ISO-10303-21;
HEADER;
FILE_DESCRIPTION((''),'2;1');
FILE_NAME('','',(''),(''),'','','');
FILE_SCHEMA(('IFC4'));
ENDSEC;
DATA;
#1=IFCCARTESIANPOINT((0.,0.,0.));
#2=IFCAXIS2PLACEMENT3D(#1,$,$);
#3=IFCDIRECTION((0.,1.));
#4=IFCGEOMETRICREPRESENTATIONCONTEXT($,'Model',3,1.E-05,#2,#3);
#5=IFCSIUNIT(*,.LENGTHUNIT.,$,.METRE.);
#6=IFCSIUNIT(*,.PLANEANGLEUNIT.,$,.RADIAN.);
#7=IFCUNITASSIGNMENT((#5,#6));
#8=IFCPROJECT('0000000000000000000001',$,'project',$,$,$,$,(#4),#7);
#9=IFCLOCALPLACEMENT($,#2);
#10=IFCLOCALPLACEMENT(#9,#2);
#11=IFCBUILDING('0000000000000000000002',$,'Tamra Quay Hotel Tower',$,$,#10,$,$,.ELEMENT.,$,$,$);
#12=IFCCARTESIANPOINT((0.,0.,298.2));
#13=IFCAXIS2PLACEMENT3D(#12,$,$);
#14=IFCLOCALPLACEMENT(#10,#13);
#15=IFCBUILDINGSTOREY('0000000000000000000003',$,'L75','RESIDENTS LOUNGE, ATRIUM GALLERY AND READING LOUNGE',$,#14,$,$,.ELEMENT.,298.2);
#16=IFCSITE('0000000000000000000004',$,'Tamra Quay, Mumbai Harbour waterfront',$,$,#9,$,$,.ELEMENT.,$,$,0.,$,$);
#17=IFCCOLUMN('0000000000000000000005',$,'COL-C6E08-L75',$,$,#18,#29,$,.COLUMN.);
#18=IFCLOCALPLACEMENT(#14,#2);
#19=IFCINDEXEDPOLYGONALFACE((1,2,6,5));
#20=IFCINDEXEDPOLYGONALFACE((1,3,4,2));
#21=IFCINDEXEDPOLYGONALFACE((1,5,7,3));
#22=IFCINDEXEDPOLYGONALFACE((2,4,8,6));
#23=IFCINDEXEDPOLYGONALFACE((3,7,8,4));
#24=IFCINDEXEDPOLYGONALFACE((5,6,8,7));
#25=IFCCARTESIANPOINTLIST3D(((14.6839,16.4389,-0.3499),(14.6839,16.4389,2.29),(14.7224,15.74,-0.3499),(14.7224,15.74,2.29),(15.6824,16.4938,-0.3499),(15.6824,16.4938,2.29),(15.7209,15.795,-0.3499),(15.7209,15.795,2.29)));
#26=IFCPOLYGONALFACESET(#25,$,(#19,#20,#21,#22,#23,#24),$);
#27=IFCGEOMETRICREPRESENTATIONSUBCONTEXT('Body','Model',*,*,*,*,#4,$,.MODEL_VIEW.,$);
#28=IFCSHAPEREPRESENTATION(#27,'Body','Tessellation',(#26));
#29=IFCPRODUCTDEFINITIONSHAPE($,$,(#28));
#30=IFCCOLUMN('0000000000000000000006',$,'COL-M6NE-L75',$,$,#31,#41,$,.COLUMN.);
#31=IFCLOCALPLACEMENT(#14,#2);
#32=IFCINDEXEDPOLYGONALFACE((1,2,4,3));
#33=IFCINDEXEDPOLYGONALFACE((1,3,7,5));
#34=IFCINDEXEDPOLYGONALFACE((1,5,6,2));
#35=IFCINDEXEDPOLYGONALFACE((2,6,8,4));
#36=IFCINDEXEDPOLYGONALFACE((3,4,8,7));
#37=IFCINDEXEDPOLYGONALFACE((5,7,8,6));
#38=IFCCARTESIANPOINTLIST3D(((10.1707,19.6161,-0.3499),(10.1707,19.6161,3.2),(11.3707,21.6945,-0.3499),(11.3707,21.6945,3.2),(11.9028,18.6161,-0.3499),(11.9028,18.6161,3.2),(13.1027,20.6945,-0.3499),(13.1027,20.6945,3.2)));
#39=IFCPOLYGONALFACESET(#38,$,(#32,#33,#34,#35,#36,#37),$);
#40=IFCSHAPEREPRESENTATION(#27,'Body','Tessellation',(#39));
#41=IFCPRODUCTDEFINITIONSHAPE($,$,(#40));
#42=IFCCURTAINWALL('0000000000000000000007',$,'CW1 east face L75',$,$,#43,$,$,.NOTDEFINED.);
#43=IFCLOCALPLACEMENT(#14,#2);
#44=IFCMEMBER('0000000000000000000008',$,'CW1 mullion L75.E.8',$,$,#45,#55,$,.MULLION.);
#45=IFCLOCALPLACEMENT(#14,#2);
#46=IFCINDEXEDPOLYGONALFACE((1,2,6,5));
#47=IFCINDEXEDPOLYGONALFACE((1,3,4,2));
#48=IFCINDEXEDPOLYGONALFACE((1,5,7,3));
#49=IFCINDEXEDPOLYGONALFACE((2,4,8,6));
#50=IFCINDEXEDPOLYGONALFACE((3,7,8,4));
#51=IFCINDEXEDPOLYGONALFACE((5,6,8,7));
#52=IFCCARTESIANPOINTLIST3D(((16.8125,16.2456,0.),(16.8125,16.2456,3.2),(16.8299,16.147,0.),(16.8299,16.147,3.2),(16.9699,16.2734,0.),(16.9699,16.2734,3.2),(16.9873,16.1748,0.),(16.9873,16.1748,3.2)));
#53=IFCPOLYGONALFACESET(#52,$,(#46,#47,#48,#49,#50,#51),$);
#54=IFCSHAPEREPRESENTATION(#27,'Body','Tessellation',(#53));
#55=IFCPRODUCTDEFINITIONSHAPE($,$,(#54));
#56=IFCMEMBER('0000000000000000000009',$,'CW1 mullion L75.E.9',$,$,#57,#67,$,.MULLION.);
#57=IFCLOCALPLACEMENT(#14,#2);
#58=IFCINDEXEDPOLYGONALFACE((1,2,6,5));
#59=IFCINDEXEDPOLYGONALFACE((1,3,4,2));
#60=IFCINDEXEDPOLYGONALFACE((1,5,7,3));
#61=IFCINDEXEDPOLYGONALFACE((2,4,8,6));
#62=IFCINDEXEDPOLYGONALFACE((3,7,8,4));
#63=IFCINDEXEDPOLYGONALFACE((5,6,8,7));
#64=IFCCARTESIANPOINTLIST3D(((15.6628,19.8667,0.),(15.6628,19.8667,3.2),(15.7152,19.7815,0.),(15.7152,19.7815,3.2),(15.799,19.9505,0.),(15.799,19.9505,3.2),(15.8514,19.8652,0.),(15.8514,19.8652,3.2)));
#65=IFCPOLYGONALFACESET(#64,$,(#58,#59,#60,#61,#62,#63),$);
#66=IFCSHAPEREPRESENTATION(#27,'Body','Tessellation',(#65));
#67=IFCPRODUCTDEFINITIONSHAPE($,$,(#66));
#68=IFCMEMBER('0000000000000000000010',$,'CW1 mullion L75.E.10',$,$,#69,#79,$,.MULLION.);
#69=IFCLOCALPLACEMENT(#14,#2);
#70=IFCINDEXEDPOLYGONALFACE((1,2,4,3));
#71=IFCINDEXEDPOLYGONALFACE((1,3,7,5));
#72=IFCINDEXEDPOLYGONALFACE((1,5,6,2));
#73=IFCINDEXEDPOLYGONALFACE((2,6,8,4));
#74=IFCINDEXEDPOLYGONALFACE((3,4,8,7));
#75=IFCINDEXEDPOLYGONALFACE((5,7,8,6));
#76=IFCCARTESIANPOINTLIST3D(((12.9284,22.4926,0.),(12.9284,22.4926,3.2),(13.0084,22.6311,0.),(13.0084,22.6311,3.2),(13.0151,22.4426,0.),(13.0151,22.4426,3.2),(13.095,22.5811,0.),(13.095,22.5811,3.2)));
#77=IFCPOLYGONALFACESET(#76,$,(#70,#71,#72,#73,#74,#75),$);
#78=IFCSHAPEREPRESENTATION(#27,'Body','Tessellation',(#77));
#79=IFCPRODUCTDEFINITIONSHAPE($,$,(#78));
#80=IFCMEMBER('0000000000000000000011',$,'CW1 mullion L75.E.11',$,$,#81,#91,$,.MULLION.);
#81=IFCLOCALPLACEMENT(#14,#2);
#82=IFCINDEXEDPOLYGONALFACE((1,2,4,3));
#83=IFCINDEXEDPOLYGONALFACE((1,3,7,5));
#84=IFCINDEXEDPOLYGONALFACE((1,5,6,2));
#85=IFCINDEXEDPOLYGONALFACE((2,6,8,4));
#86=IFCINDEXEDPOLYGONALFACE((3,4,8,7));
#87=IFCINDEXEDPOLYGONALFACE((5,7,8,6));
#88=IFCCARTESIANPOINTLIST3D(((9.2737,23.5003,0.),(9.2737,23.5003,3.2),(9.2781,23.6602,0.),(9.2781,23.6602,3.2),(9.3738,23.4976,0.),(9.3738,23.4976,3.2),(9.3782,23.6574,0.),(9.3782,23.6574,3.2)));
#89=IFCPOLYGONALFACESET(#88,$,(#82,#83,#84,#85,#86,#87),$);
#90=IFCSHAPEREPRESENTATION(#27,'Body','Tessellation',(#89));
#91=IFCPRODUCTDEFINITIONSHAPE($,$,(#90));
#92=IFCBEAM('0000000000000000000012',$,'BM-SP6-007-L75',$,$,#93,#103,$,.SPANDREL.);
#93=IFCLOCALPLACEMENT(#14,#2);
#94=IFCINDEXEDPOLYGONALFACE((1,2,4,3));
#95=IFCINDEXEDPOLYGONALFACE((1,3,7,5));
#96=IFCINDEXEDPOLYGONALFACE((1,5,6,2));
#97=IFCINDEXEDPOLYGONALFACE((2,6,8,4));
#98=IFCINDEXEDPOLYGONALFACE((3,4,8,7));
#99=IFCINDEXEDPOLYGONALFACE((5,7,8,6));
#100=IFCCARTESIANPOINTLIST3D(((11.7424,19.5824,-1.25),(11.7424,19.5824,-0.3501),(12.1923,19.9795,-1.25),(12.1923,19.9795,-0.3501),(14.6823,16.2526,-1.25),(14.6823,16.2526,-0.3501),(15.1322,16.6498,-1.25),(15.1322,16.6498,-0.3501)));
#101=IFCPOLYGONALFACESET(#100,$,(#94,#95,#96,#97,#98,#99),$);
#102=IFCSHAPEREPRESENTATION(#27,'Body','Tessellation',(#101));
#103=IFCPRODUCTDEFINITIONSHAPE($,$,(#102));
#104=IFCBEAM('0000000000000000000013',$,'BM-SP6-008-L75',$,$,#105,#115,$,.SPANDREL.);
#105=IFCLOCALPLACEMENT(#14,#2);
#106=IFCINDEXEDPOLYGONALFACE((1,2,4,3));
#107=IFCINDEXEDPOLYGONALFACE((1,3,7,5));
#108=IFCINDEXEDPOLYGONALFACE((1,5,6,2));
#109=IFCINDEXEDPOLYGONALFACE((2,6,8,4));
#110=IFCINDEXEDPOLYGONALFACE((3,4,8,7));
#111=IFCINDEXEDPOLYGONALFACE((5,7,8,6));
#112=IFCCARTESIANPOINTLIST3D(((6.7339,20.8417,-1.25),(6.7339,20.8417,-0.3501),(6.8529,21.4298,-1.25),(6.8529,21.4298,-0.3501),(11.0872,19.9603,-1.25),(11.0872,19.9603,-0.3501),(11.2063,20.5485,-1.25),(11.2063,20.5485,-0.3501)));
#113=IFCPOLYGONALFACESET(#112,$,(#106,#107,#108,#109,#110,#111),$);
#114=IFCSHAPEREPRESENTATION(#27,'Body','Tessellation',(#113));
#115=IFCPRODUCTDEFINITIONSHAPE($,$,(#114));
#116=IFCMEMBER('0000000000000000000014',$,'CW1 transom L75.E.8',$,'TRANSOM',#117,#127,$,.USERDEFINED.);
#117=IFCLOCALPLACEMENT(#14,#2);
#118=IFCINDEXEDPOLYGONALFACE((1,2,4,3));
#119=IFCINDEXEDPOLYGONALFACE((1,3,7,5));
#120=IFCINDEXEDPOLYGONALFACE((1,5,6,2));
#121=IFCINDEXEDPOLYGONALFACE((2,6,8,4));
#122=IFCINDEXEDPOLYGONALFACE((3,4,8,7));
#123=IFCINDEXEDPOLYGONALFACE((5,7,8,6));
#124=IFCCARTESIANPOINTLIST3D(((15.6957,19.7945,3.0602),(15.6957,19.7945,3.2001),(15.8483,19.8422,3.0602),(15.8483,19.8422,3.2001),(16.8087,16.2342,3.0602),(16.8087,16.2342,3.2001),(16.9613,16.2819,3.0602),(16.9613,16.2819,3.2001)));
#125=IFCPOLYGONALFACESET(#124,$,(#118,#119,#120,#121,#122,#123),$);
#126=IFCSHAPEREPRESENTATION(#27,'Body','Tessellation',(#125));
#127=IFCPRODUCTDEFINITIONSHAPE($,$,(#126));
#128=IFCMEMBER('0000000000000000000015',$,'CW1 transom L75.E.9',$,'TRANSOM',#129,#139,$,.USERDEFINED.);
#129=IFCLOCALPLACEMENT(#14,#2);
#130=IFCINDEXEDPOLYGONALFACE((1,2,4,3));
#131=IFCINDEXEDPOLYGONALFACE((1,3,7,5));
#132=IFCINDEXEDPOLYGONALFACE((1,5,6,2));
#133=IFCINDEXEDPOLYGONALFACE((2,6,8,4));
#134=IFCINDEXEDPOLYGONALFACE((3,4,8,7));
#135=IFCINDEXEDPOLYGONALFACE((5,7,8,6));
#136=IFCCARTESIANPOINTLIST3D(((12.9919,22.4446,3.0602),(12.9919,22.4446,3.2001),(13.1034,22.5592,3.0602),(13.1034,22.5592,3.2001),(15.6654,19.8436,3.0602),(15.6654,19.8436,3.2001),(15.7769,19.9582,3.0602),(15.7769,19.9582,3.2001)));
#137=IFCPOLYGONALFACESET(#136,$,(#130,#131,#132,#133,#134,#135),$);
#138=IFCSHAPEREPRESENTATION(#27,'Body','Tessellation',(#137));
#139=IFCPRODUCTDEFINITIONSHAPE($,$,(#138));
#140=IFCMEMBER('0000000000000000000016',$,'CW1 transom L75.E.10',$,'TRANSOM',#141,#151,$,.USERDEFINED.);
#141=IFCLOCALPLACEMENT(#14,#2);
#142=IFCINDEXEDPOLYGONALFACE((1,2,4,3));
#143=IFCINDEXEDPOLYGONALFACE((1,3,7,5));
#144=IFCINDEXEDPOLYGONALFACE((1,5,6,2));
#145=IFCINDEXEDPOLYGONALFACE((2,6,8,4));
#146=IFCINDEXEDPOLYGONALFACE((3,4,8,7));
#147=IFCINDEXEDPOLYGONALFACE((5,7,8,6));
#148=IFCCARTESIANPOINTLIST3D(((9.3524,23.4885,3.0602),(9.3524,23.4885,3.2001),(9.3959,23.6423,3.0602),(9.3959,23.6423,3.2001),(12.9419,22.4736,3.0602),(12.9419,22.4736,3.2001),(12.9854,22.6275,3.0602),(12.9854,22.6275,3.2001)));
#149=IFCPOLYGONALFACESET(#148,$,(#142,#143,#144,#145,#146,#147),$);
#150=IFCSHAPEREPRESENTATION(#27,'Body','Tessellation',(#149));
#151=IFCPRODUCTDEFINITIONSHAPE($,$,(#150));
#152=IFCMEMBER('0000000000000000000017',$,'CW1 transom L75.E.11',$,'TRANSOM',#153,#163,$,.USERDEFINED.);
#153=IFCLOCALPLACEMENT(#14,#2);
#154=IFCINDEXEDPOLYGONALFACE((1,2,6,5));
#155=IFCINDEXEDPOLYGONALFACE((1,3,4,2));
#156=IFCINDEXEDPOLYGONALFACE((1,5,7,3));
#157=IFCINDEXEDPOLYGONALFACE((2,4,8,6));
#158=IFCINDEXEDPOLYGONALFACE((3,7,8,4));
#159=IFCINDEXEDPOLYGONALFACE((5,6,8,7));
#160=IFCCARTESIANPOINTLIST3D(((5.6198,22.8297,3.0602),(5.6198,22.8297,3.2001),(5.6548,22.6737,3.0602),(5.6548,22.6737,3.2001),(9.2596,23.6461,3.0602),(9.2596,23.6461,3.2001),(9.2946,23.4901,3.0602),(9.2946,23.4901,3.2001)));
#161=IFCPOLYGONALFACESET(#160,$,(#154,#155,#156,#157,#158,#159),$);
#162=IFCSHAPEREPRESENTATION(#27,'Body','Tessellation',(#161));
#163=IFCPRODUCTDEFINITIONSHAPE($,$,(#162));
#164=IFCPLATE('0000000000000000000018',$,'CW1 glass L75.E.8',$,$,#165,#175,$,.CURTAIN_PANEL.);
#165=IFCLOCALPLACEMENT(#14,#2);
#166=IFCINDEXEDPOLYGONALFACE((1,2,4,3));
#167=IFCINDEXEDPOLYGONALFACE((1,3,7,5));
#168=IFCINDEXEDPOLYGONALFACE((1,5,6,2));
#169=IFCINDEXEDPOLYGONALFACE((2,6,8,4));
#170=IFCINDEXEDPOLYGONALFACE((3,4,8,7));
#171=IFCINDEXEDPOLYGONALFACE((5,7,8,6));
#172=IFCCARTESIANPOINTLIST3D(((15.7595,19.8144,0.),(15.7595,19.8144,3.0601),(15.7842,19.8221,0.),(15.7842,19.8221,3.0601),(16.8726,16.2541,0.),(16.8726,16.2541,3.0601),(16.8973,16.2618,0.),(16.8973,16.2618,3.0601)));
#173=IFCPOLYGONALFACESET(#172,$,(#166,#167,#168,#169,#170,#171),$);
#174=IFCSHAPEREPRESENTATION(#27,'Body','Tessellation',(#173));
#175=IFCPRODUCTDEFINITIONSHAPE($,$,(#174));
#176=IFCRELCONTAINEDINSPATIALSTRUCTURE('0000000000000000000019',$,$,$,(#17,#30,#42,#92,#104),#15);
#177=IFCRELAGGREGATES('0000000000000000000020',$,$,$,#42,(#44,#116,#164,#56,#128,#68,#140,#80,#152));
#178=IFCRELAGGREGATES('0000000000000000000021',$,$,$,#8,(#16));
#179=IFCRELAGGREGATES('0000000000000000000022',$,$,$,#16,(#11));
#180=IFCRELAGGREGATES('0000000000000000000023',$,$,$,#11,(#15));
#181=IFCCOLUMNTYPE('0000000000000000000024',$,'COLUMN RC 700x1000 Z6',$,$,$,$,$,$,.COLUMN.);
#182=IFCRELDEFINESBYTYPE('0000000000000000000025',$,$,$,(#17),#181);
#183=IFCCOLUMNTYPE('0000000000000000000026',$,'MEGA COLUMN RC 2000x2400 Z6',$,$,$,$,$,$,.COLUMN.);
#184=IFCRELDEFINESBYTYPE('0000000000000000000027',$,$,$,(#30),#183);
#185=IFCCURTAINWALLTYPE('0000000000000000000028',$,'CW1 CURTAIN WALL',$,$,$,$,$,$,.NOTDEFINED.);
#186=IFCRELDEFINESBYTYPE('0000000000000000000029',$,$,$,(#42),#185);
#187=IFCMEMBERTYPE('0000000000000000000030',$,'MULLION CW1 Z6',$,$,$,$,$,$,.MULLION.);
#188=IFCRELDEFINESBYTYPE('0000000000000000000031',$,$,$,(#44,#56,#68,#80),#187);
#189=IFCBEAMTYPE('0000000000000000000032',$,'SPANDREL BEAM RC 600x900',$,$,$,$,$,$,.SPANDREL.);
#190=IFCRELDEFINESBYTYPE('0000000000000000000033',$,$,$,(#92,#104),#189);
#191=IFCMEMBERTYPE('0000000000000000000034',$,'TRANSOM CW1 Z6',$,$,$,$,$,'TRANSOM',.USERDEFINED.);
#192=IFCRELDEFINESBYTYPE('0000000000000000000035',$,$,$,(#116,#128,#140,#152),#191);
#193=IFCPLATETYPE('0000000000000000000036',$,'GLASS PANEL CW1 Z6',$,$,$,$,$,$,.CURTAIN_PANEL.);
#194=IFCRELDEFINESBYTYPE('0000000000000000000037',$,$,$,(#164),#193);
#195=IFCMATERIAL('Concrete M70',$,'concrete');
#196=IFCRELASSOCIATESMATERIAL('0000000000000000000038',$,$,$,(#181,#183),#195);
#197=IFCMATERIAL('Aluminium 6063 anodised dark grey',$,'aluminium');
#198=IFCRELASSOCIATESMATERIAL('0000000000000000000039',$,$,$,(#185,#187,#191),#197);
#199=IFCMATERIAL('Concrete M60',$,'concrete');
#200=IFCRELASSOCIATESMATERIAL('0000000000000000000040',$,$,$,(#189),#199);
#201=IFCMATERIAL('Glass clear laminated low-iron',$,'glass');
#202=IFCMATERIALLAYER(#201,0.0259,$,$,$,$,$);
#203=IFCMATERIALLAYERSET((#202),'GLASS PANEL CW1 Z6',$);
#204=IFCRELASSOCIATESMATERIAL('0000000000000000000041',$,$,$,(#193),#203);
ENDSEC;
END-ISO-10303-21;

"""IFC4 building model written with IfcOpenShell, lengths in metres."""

from ifc_helpers import new_model, si_unit, direction, frame, origin, origin_2d, place, context, subcontext, project, spatial, rectangle, extrude, material, layer, layer_set, material_profile, profile_set, type_object, element, aggregate, save


model = new_model("IFC4")

# Units and contexts
model_context = context("Model", 3, precision=1e-05, world=origin(), true_north=direction((0.0, 1.0)))
body_context = subcontext(model_context, "Body", "Model", "MODEL_VIEW")
ifc_project = project(units=[si_unit("LENGTHUNIT", "METRE"), si_unit("PLANEANGLEUNIT", "RADIAN")], contexts=[model_context])

# Site, building, storey
site_placement = place(None, origin())
site = spatial("IfcSite", under=ifc_project, at=site_placement, Name="Tamra Quay, Mumbai Harbour waterfront", CompositionType="ELEMENT", RefElevation=0.0)
building_placement = place(site_placement, origin())
building = spatial("IfcBuilding", under=site, at=building_placement, Name="Tamra Quay Hotel Tower", CompositionType="ELEMENT")
storey_placement = place(building_placement, frame((0.0, 0.0, 298.2)))
storey = spatial("IfcBuildingStorey", under=building, at=storey_placement, Name="L75", Description="RESIDENTS LOUNGE, ATRIUM GALLERY AND READING LOUNGE", CompositionType="ELEMENT", Elevation=298.2)

# Columns
ifc_material_1 = material(Name="Concrete M70", Category="concrete")
ifc_material_profile_1 = material_profile(ifc_material_1, rectangle(XDim=1.0, YDim=0.7, at=origin_2d()), Name="COLUMN RC 700x1000 Z6")
ifc_profile_set_1 = profile_set([ifc_material_profile_1], Name="Concrete M70")
column_type_1 = type_object("IfcColumnType", Name="COLUMN RC 700x1000 Z6", PredefinedType="COLUMN", material=ifc_profile_set_1)
column_1_placement = place(storey_placement, frame((15.2024, 16.1169, -0.3499), z_axis=(0.0, 0.0, 1.0), x_axis=(0.998491, 0.054917, 0.0)))
element("IfcColumn", 1, at=column_1_placement, inside=storey, type_object=column_type_1, Name="COL-C6E08-L75", PredefinedType="COLUMN", context=body_context, shape_type="SweptSolid", body=[
    extrude(rectangle(XDim=1.0, YDim=0.7, at=origin_2d()), origin(), (0.0, 0.0, 1.0), 2.6399),
])
ifc_material_profile_2 = material_profile(ifc_material_1, rectangle(XDim=2.3999, YDim=2.0, at=origin_2d()), Name="MEGA COLUMN RC 2000x2400 Z6")
ifc_profile_set_2 = profile_set([ifc_material_profile_2], Name="Concrete M70")
column_type_2 = type_object("IfcColumnType", Name="MEGA COLUMN RC 2000x2400 Z6", PredefinedType="COLUMN", material=ifc_profile_set_2)
column_2_placement = place(storey_placement, frame((11.6367, 20.1553, -0.3499), z_axis=(0.0, 0.0, 1.0), x_axis=(0.5, 0.866025, 0.0)))
element("IfcColumn", 2, at=column_2_placement, inside=storey, type_object=column_type_2, Name="COL-M6NE-L75", PredefinedType="COLUMN", context=body_context, shape_type="SweptSolid", body=[
    extrude(rectangle(XDim=2.3999, YDim=2.0, at=origin_2d()), origin(), (0.0, 0.0, 1.0), 3.5498),
])

# Curtain wall, members
ifc_material_2 = material(Name="Aluminium 6063 anodised dark grey", Category="aluminium")
curtain_wall_type = type_object("IfcCurtainWallType", Name="CW1 CURTAIN WALL", PredefinedType="NOTDEFINED", material=ifc_material_2)
curtain_wall_placement = place(storey_placement, origin())
curtain_wall = element("IfcCurtainWall", 3, at=curtain_wall_placement, inside=storey, type_object=curtain_wall_type, Name="CW1 east face L75", PredefinedType="NOTDEFINED")
ifc_material_profile_3 = material_profile(ifc_material_2, rectangle(XDim=0.1599, YDim=0.1001, at=origin_2d()), Name="MULLION 100X160")
ifc_profile_set_3 = profile_set([ifc_material_profile_3], Name="Aluminium 6063 anodised dark grey")
member_type_1 = type_object("IfcMemberType", Name="MULLION CW1 Z6", PredefinedType="MULLION", material=ifc_profile_set_3)
member_1_placement = place(storey_placement, frame((16.8999, 16.2102, 0.0), z_axis=(0.0, 0.0, 1.0), x_axis=(0.98474, 0.174032, 0.0)))
member_1 = element("IfcMember", 4, at=member_1_placement, type_object=member_type_1, Name="CW1 mullion L75.E.8", PredefinedType="MULLION", context=body_context, shape_type="SweptSolid", body=[
    extrude(rectangle(XDim=0.1599, YDim=0.1001, at=origin_2d()), origin(), (0.0, 0.0, 1.0), 3.2),
])
member_2_placement = place(storey_placement, frame((15.7571, 19.866, 0.0), z_axis=(0.0, 0.0, 1.0), x_axis=(0.851964, 0.5236, 0.0)))
member_2 = element("IfcMember", 5, at=member_2_placement, type_object=member_type_1, Name="CW1 mullion L75.E.9", PredefinedType="MULLION", context=body_context, shape_type="SweptSolid", body=[
    extrude(rectangle(XDim=0.1599, YDim=0.1001, at=origin_2d()), origin(), (0.0, 0.0, 1.0), 3.2),
])
member_3_placement = place(storey_placement, frame((13.0117, 22.5369, 0.0), z_axis=(0.0, 0.0, 1.0), x_axis=(0.5, 0.866025, 0.0)))
member_3 = element("IfcMember", 6, at=member_3_placement, type_object=member_type_1, Name="CW1 mullion L75.E.10", PredefinedType="MULLION", context=body_context, shape_type="SweptSolid", body=[
    extrude(rectangle(XDim=0.1599, YDim=0.1001, at=origin_2d()), origin(), (0.0, 0.0, 1.0), 3.2),
])
member_4_placement = place(storey_placement, frame((9.3259, 23.5789, 0.0), z_axis=(0.0, 0.0, 1.0), x_axis=(0.027469, 0.999623, 0.0)))
member_4 = element("IfcMember", 7, at=member_4_placement, type_object=member_type_1, Name="CW1 mullion L75.E.11", PredefinedType="MULLION", context=body_context, shape_type="SweptSolid", body=[
    extrude(rectangle(XDim=0.1599, YDim=0.1001, at=origin_2d()), origin(), (0.0, 0.0, 1.0), 3.2),
])

# Beams
ifc_material_3 = material(Name="Concrete M60", Category="concrete")
ifc_material_profile_4 = material_profile(ifc_material_3, rectangle(XDim=0.6001, YDim=0.8999, at=origin_2d()), Name="SPANDREL BEAM RC 600x900")
ifc_profile_set_4 = profile_set([ifc_material_profile_4], Name="Concrete M60")
beam_type = type_object("IfcBeamType", Name="SPANDREL BEAM RC 600x900", PredefinedType="SPANDREL", material=ifc_profile_set_4)
beam_1_placement = place(storey_placement, frame((14.9072, 16.4512, -0.8), z_axis=(-0.661856, 0.749631, 0.0), x_axis=(-0.749631, -0.661856, 0.0)))
element("IfcBeam", 8, at=beam_1_placement, inside=storey, type_object=beam_type, Name="BM-SP6-007-L75", PredefinedType="SPANDREL", context=body_context, shape_type="SweptSolid", body=[
    extrude(rectangle(XDim=0.6001, YDim=0.8999, at=origin_2d()), origin(), (0.0, 0.0, 1.0), 4.4419),
])
beam_2_placement = place(storey_placement, frame((11.1467, 20.2544, -0.8), z_axis=(-0.980115, 0.198431, 0.0), x_axis=(-0.198431, -0.980115, 0.0)))
element("IfcBeam", 9, at=beam_2_placement, inside=storey, type_object=beam_type, Name="BM-SP6-008-L75", PredefinedType="SPANDREL", context=body_context, shape_type="SweptSolid", body=[
    extrude(rectangle(XDim=0.6001, YDim=0.8999, at=origin_2d()), origin(), (0.0, 0.0, 1.0), 4.4417),
])

# Members
ifc_material_profile_5 = material_profile(ifc_material_2, rectangle(XDim=0.1599, YDim=0.1399, at=origin_2d()), Name="TRANSOM 160X140")
ifc_profile_set_5 = profile_set([ifc_material_profile_5], Name="Aluminium 6063 anodised dark grey")
member_type_2 = type_object("IfcMemberType", Name="TRANSOM CW1 Z6", ElementType="TRANSOM", PredefinedType="USERDEFINED", material=ifc_profile_set_5)
member_5_placement = place(storey_placement, frame((16.885, 16.2581, 3.1301), z_axis=(-0.298383, 0.954446, 0.0), x_axis=(-0.954446, -0.298383, 0.0)))
member_5 = element("IfcMember", 10, at=member_5_placement, type_object=member_type_2, Name="CW1 transom L75.E.8", ObjectType="TRANSOM", PredefinedType="USERDEFINED", context=body_context, shape_type="SweptSolid", body=[
    extrude(rectangle(XDim=0.1599, YDim=0.1399, at=origin_2d()), origin(), (0.0, 0.0, 1.0), 3.7302),
])
member_6_placement = place(storey_placement, frame((15.7212, 19.9009, 3.1301), z_axis=(-0.71676, 0.69732, 0.0), x_axis=(-0.69732, -0.71676, 0.0)))
member_6 = element("IfcMember", 11, at=member_6_placement, type_object=member_type_2, Name="CW1 transom L75.E.9", ObjectType="TRANSOM", PredefinedType="USERDEFINED", context=body_context, shape_type="SweptSolid", body=[
    extrude(rectangle(XDim=0.1599, YDim=0.1399, at=origin_2d()), origin(), (0.0, 0.0, 1.0), 3.73),
])
member_7_placement = place(storey_placement, frame((12.9636, 22.5505, 3.1301), z_axis=(-0.962278, 0.272066, 0.0), x_axis=(-0.272066, -0.962278, 0.0)))
member_7 = element("IfcMember", 12, at=member_7_placement, type_object=member_type_2, Name="CW1 transom L75.E.10", ObjectType="TRANSOM", PredefinedType="USERDEFINED", context=body_context, shape_type="SweptSolid", body=[
    extrude(rectangle(XDim=0.1599, YDim=0.1399, at=origin_2d()), origin(), (0.0, 0.0, 1.0), 3.7302),
])
member_8_placement = place(storey_placement, frame((9.2771, 23.5681, 3.1301), z_axis=(-0.975757, -0.218857, 0.0), x_axis=(0.218857, -0.975757, 0.0)))
member_8 = element("IfcMember", 13, at=member_8_placement, type_object=member_type_2, Name="CW1 transom L75.E.11", ObjectType="TRANSOM", PredefinedType="USERDEFINED", context=body_context, shape_type="SweptSolid", body=[
    extrude(rectangle(XDim=0.1599, YDim=0.1399, at=origin_2d()), origin(), (0.0, 0.0, 1.0), 3.7302),
])

# Plate
ifc_material_4 = material(Name="Glass clear laminated low-iron", Category="glass")
ifc_layer_1 = layer(ifc_material_4, 0.0259)
ifc_layer_set_1 = layer_set([ifc_layer_1], Name="GLASS PANEL CW1 Z6")
plate_type = type_object("IfcPlateType", Name="GLASS PANEL CW1 Z6", PredefinedType="CURTAIN_PANEL", material=ifc_layer_set_1)
plate_1_placement = place(storey_placement, frame((16.3284, 18.0381, 0.0), z_axis=(0.0, 0.0, 1.0), x_axis=(-0.298392, 0.954443, 0.0)))
plate_1 = element("IfcPlate", 14, at=plate_1_placement, type_object=plate_type, Name="CW1 glass L75.E.8", PredefinedType="CURTAIN_PANEL", context=body_context, shape_type="SweptSolid", body=[
    extrude(rectangle(XDim=3.7302, YDim=0.0259, at=origin_2d()), origin(), (0.0, 0.0, 1.0), 3.0601),
])
aggregate(curtain_wall, [member_1, member_5, plate_1, member_2, member_6, member_3, member_7, member_4, member_8])

save(model, "model.ifc")
